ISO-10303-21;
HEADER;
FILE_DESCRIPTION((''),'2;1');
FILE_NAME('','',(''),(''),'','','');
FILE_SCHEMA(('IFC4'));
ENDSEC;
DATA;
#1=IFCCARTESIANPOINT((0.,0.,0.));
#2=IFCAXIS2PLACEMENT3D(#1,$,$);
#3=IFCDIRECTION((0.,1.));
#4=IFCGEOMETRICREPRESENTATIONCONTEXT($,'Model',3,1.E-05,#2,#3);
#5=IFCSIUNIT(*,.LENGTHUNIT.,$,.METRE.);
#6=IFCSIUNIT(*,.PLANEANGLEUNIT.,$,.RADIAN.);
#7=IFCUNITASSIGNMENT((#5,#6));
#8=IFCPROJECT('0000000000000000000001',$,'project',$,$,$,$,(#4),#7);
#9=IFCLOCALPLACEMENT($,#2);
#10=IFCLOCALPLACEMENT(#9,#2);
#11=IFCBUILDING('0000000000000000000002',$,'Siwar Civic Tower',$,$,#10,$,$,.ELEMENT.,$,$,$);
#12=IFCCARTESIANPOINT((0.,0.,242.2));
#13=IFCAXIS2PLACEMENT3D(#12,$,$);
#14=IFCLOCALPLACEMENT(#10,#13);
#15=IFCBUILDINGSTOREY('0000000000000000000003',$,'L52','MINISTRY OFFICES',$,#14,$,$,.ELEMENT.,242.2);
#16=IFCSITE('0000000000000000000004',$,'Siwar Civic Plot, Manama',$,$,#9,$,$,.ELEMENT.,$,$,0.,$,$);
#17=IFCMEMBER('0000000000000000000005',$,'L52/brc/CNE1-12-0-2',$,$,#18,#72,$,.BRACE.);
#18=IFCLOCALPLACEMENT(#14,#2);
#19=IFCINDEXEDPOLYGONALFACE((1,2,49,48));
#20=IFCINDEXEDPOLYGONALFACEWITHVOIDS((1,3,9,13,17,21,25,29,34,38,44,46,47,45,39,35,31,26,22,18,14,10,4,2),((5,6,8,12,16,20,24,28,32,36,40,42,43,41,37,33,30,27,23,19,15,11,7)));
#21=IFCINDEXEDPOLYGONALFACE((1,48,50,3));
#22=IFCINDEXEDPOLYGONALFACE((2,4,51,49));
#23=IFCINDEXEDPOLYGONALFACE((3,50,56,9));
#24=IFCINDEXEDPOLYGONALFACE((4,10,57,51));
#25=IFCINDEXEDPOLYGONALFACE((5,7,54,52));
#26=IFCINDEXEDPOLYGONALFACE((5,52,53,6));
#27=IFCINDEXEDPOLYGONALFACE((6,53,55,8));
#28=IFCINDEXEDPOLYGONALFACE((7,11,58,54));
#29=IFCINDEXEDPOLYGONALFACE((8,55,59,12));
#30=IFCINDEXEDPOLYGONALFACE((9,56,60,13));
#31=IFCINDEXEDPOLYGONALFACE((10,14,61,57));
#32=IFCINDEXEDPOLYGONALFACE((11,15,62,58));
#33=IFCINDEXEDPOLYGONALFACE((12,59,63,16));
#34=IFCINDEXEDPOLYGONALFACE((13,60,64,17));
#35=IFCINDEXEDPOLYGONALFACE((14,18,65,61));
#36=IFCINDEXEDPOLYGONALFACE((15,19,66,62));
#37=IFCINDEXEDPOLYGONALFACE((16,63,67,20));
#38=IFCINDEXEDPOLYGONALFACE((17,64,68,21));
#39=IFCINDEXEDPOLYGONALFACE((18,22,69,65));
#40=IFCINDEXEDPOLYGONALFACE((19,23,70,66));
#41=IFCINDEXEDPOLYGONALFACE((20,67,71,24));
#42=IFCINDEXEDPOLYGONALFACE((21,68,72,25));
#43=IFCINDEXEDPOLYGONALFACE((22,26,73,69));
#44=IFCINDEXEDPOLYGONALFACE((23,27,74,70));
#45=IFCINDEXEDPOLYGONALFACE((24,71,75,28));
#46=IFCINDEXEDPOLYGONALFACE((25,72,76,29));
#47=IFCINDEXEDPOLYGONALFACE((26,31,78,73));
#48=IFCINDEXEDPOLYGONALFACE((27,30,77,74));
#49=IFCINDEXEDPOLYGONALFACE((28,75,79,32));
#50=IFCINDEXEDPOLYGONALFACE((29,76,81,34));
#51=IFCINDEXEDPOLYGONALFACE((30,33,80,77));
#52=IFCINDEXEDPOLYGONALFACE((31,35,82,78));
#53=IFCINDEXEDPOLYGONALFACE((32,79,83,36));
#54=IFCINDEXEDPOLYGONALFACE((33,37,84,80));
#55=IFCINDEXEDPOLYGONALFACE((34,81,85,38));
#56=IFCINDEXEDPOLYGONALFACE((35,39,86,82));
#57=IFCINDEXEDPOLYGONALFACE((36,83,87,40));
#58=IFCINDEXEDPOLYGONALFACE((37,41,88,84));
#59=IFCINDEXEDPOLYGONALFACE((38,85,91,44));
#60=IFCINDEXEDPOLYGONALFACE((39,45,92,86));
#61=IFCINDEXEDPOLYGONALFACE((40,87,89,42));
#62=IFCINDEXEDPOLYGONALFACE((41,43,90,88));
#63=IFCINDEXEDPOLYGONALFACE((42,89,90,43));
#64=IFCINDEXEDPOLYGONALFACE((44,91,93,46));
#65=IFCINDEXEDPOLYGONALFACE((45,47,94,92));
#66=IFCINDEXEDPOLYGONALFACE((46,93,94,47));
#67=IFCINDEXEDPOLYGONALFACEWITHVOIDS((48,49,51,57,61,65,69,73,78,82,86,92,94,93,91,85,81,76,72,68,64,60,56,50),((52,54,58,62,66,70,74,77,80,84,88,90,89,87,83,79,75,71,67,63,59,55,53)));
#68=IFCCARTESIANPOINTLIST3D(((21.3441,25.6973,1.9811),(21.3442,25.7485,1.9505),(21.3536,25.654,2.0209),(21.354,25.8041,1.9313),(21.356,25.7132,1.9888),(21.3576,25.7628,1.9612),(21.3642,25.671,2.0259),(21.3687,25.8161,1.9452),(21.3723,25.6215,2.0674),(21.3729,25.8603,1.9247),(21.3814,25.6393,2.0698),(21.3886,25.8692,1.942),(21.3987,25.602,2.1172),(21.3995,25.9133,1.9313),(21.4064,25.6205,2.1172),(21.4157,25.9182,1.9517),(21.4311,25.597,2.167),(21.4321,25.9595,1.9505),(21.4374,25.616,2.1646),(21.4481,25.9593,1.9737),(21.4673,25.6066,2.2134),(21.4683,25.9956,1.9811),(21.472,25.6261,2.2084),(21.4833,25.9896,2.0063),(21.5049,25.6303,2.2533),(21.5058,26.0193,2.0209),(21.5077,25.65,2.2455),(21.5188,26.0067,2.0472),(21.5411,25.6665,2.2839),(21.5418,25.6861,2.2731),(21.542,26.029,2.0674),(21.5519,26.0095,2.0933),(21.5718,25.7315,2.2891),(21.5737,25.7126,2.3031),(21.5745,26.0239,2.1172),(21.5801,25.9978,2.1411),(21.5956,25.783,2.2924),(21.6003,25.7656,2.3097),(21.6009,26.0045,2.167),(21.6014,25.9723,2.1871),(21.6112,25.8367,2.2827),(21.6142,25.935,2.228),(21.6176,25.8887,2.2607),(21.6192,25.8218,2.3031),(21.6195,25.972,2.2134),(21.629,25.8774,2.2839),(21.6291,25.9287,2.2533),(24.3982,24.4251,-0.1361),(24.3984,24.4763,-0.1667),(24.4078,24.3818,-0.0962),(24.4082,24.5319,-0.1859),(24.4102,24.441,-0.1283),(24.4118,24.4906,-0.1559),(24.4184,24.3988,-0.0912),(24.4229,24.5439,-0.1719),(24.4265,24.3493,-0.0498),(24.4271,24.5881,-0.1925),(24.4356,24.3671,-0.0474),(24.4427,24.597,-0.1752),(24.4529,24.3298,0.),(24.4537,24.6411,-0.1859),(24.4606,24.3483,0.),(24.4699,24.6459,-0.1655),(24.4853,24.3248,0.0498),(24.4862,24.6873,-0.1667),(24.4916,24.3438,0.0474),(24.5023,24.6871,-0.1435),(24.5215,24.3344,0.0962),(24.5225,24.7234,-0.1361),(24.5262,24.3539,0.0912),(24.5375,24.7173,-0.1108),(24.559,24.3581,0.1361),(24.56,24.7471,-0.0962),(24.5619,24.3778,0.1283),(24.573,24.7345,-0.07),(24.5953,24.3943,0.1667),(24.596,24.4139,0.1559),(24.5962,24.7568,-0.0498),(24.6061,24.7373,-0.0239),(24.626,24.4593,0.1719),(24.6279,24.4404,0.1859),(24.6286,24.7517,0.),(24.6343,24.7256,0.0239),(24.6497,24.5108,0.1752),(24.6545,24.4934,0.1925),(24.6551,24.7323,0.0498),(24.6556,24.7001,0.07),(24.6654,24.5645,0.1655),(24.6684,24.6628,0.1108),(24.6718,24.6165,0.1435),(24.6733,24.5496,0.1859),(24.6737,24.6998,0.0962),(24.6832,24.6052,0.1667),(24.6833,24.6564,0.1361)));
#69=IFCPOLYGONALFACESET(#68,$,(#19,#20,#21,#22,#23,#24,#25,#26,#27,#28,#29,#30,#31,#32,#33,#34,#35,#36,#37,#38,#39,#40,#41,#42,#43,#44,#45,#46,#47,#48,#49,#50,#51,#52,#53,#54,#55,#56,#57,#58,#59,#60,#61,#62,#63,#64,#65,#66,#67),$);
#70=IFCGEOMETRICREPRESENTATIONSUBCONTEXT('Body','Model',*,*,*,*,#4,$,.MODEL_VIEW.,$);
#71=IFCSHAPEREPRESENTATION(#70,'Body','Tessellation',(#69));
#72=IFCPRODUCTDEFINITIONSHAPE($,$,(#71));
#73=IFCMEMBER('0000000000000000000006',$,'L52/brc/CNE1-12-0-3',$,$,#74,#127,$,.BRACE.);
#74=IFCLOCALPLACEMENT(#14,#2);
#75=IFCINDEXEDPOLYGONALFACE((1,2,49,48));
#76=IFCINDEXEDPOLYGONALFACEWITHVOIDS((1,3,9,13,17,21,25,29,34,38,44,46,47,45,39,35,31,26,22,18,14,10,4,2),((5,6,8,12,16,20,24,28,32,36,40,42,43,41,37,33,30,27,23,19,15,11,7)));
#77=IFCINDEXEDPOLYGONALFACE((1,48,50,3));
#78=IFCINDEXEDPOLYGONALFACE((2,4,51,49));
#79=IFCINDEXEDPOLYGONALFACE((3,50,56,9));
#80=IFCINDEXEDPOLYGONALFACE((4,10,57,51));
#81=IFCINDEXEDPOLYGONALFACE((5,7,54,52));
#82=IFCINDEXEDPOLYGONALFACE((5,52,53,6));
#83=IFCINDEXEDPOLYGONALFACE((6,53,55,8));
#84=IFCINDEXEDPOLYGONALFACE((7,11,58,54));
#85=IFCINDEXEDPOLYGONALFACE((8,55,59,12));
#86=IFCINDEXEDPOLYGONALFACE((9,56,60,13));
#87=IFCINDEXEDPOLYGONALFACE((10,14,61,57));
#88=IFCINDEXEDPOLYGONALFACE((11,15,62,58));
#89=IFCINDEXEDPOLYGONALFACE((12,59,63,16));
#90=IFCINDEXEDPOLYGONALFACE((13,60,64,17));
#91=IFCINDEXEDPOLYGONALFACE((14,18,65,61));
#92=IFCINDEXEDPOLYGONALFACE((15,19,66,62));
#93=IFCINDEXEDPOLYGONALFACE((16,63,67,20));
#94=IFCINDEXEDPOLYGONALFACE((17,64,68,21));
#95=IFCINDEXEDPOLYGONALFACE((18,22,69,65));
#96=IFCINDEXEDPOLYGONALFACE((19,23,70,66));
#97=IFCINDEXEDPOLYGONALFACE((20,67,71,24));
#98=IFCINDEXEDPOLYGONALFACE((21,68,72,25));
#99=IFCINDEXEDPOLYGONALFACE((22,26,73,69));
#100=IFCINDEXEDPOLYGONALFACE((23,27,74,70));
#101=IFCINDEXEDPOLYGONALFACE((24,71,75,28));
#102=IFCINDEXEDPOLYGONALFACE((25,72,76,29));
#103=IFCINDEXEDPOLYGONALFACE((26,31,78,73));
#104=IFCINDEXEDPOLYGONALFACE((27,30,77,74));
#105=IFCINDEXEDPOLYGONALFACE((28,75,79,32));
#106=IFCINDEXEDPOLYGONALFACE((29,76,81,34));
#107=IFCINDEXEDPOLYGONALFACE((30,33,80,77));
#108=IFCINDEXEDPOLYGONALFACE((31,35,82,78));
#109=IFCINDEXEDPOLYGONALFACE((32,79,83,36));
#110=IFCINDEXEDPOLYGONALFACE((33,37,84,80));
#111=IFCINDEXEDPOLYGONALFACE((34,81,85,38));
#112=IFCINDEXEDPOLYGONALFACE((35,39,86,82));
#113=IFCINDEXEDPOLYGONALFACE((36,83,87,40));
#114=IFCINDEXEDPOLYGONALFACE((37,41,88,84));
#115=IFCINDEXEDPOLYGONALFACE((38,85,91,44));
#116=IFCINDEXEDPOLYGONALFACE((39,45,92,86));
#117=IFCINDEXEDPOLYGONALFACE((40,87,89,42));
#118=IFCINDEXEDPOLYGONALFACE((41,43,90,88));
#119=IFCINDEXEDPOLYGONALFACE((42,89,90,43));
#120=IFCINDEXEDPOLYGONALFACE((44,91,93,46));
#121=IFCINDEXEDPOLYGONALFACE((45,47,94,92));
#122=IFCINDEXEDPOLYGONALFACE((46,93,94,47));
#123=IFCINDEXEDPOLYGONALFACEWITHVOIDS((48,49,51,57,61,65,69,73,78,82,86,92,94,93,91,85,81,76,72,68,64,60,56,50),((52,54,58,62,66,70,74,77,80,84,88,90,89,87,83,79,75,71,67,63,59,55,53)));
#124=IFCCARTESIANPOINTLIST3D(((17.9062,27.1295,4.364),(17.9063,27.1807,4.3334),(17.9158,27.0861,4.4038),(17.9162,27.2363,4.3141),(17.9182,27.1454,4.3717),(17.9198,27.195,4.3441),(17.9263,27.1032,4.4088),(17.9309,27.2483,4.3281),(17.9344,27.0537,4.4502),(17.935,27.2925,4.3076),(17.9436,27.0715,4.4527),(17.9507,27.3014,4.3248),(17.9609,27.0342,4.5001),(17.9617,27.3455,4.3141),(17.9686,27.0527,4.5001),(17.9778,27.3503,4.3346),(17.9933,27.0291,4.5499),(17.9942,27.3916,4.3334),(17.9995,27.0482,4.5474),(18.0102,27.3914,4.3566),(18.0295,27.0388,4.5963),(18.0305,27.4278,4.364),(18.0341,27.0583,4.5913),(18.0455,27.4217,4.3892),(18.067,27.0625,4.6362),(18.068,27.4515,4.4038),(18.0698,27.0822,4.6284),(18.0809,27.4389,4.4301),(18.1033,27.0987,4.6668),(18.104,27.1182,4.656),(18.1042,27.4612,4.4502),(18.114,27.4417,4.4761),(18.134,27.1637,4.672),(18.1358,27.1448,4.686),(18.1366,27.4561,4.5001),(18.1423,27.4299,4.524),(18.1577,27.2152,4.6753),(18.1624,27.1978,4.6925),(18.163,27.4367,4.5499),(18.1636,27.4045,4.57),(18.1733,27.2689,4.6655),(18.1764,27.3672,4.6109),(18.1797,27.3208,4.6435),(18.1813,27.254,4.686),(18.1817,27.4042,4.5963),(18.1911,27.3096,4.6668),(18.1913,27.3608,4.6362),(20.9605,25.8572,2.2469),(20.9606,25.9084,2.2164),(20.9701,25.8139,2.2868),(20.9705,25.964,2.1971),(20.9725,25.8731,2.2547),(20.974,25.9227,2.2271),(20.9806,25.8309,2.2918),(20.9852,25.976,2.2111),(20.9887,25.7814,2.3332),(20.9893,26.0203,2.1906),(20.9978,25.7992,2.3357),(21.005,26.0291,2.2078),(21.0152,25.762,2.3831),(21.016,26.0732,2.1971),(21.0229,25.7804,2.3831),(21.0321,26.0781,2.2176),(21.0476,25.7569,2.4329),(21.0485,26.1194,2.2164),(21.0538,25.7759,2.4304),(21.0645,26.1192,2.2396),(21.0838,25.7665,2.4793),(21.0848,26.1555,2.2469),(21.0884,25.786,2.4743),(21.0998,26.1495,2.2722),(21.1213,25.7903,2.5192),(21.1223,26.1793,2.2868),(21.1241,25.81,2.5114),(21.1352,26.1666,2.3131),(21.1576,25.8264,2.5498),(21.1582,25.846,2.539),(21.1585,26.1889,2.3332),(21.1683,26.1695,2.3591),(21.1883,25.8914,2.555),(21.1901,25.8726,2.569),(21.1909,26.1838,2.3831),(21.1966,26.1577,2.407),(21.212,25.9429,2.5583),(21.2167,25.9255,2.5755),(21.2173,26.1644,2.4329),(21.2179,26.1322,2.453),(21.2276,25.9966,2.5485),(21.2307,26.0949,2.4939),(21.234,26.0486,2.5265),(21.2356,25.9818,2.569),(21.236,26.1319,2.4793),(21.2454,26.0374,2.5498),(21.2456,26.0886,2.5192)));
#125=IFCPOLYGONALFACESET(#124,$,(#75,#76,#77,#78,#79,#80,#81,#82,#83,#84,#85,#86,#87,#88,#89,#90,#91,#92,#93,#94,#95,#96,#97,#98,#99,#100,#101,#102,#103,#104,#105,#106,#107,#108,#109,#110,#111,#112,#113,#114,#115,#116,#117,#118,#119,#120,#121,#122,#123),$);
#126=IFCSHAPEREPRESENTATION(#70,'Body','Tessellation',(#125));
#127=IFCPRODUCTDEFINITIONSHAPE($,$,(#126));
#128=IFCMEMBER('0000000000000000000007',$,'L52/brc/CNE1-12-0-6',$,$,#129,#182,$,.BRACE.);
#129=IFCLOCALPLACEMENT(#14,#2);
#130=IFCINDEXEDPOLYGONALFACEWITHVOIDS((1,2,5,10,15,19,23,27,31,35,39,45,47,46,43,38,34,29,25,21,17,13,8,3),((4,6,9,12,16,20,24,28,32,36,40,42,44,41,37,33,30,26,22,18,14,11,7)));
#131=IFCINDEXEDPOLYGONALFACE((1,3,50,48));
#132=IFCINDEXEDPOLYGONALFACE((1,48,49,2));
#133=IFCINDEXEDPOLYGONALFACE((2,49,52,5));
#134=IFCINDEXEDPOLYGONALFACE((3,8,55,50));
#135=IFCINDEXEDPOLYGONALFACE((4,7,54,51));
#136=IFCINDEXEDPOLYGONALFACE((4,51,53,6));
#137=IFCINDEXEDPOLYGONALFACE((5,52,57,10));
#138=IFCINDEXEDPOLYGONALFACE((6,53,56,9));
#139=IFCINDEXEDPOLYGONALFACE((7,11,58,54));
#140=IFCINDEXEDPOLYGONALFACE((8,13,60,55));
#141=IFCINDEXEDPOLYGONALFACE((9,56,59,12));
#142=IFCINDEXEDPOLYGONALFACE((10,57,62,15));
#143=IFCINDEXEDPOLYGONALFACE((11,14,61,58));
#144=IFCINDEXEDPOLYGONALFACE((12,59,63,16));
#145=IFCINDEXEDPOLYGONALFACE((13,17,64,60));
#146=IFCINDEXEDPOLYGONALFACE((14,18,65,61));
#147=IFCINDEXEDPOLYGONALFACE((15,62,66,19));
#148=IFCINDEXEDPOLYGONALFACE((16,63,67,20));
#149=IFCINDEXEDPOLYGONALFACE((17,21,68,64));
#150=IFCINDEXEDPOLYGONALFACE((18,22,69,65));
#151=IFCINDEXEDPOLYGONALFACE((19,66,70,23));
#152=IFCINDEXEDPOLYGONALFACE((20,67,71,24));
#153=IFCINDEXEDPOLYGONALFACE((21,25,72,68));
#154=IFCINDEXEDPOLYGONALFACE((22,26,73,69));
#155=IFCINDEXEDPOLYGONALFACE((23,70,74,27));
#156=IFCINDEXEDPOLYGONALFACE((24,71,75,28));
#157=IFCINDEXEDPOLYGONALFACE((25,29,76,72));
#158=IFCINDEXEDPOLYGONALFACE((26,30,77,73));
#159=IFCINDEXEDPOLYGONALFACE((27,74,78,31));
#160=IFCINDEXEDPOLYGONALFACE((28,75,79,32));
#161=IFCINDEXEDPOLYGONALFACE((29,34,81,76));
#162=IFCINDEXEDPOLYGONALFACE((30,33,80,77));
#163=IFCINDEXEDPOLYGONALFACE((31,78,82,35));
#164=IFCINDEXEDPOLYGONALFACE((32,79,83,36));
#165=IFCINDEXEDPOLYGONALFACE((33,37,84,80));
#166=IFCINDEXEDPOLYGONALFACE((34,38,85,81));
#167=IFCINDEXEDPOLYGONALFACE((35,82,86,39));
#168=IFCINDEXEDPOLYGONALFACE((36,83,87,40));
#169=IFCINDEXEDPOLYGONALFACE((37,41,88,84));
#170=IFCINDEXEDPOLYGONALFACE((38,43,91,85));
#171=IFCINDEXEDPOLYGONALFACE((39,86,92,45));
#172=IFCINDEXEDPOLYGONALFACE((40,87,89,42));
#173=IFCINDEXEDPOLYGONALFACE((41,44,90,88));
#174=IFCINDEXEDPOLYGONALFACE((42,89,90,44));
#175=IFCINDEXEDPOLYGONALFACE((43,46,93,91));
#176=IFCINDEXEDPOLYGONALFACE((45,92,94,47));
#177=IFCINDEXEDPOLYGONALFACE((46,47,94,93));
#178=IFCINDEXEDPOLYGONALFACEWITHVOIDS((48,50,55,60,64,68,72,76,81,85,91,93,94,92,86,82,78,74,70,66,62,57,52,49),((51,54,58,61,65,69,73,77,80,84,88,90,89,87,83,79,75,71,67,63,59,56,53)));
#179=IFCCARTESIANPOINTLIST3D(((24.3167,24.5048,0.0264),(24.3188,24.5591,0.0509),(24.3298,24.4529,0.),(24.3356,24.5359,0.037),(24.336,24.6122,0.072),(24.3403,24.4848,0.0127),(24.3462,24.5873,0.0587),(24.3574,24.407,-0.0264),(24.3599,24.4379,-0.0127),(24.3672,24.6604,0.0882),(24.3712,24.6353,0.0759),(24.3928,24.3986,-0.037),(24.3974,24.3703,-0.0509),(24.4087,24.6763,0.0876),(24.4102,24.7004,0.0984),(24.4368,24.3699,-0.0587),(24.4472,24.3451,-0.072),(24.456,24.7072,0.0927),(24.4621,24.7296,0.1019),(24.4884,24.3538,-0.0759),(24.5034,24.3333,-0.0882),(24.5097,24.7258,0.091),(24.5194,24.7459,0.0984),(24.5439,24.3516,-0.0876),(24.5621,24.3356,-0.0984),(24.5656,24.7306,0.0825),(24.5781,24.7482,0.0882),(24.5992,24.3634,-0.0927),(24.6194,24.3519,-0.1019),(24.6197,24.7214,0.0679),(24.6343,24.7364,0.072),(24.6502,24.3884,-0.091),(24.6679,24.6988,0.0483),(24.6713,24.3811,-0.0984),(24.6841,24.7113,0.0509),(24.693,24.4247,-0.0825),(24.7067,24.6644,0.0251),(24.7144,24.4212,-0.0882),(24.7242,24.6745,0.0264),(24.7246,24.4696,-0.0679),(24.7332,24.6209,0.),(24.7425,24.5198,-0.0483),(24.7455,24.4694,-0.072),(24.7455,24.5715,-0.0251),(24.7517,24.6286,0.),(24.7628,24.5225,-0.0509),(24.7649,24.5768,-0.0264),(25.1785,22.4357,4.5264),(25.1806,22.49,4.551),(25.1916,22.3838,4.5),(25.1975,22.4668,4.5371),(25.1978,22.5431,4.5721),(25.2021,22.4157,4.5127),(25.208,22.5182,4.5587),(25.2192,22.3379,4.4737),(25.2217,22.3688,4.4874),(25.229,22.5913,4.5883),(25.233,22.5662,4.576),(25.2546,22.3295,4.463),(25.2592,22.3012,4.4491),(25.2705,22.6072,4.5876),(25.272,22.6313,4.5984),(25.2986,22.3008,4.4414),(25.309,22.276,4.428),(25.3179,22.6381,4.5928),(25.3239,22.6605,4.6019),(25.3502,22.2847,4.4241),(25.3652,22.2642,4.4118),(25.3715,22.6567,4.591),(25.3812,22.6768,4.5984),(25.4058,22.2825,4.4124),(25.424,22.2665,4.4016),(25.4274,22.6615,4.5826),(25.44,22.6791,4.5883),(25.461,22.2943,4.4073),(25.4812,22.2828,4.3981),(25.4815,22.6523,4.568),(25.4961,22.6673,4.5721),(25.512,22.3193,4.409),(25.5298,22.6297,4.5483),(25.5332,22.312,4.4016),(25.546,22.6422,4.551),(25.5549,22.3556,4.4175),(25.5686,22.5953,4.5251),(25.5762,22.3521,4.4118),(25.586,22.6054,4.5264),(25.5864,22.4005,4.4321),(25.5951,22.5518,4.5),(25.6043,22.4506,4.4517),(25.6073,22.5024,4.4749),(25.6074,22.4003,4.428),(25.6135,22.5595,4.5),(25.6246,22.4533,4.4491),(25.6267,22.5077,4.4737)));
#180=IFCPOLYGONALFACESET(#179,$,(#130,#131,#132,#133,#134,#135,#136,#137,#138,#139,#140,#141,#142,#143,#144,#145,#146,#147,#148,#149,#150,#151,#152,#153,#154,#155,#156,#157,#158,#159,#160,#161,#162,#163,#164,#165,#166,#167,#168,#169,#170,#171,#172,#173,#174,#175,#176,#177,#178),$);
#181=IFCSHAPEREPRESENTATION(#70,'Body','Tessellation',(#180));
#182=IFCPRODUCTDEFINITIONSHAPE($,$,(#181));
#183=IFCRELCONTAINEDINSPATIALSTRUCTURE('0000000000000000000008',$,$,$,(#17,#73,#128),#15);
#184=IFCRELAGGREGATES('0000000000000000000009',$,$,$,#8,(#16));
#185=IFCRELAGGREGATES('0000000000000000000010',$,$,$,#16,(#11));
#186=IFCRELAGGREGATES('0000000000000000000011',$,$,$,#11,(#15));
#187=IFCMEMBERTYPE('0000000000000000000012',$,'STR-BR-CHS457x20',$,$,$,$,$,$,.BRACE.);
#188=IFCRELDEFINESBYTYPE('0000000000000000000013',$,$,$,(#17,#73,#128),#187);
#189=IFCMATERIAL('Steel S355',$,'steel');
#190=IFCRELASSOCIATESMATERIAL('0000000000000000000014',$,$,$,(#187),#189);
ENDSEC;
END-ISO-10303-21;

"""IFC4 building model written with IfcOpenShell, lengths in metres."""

from ifc_helpers import new_model, si_unit, direction, frame, origin, origin_2d, place, context, subcontext, project, spatial, hollow_circle, extrude, material, material_profile, profile_set, type_object, element, save


model = new_model("IFC4")

# Units and contexts
model_context = context("Model", 3, precision=1e-05, world=origin(), true_north=direction((0.0, 1.0)))
body_context = subcontext(model_context, "Body", "Model", "MODEL_VIEW")
ifc_project = project(units=[si_unit("LENGTHUNIT", "METRE"), si_unit("PLANEANGLEUNIT", "RADIAN")], contexts=[model_context])

# Site, building, storey
site_placement = place(None, origin())
site = spatial("IfcSite", under=ifc_project, at=site_placement, Name="Siwar Civic Plot, Manama", CompositionType="ELEMENT", RefElevation=0.0)
building_placement = place(site_placement, origin())
building = spatial("IfcBuilding", under=site, at=building_placement, Name="Siwar Civic Tower", CompositionType="ELEMENT")
storey_placement = place(building_placement, frame((0.0, 0.0, 242.2)))
storey = spatial("IfcBuildingStorey", under=building, at=storey_placement, Name="L52", Description="MINISTRY OFFICES", CompositionType="ELEMENT", Elevation=242.2)

# Members
ifc_material_1 = material(Name="Steel S355", Category="steel")
ifc_material_profile_1 = material_profile(ifc_material_1, hollow_circle(Radius=0.2285, WallThickness=0.02, at=origin_2d()), Name="CHS457x20")
ifc_profile_set_1 = profile_set([ifc_material_profile_1], Name="Steel S355")
member_type_1 = type_object("IfcMemberType", Name="STR-BR-CHS457x20", PredefinedType="BRACE", material=ifc_profile_set_1)
for number, where, z_axis, x_axis, name in (
    (1, (24.5408, 24.5408, 0.0), (-0.777546, 0.323884, 0.538999), (-0.384521, -0.923116, 0.0), "L52/brc/CNE1-12-0-2"),
    (2, (21.103, 25.9729, 2.3831), (-0.777572, 0.323895, 0.538955), (-0.384521, -0.923116, 0.0), "L52/brc/CNE1-12-0-3"),
):
    element("IfcMember", number, at=place(storey_placement, frame(where, z_axis=z_axis, x_axis=x_axis)), inside=storey, type_object=member_type_1, Name=name, PredefinedType="BRACE", context=body_context, shape_type="SweptSolid", body=[
        extrude(hollow_circle(Radius=0.2285, WallThickness=0.02, at=origin_2d()), origin(), (0.0, 0.0, 1.0), 3.928),
    ])
member_1_placement = place(storey_placement, frame((24.5408, 24.5408, 0.0), z_axis=(0.171427, -0.41157, 0.895111), x_axis=(0.923125, 0.384499, 0.0)))
element("IfcMember", 3, at=member_1_placement, inside=storey, type_object=member_type_1, Name="L52/brc/CNE1-12-0-6", PredefinedType="BRACE", context=body_context, shape_type="SweptSolid", body=[
    extrude(hollow_circle(Radius=0.2285, WallThickness=0.02, at=origin_2d()), origin(), (0.0, 0.0, 1.0), 5.0273),
])

save(model, "model.ifc")
